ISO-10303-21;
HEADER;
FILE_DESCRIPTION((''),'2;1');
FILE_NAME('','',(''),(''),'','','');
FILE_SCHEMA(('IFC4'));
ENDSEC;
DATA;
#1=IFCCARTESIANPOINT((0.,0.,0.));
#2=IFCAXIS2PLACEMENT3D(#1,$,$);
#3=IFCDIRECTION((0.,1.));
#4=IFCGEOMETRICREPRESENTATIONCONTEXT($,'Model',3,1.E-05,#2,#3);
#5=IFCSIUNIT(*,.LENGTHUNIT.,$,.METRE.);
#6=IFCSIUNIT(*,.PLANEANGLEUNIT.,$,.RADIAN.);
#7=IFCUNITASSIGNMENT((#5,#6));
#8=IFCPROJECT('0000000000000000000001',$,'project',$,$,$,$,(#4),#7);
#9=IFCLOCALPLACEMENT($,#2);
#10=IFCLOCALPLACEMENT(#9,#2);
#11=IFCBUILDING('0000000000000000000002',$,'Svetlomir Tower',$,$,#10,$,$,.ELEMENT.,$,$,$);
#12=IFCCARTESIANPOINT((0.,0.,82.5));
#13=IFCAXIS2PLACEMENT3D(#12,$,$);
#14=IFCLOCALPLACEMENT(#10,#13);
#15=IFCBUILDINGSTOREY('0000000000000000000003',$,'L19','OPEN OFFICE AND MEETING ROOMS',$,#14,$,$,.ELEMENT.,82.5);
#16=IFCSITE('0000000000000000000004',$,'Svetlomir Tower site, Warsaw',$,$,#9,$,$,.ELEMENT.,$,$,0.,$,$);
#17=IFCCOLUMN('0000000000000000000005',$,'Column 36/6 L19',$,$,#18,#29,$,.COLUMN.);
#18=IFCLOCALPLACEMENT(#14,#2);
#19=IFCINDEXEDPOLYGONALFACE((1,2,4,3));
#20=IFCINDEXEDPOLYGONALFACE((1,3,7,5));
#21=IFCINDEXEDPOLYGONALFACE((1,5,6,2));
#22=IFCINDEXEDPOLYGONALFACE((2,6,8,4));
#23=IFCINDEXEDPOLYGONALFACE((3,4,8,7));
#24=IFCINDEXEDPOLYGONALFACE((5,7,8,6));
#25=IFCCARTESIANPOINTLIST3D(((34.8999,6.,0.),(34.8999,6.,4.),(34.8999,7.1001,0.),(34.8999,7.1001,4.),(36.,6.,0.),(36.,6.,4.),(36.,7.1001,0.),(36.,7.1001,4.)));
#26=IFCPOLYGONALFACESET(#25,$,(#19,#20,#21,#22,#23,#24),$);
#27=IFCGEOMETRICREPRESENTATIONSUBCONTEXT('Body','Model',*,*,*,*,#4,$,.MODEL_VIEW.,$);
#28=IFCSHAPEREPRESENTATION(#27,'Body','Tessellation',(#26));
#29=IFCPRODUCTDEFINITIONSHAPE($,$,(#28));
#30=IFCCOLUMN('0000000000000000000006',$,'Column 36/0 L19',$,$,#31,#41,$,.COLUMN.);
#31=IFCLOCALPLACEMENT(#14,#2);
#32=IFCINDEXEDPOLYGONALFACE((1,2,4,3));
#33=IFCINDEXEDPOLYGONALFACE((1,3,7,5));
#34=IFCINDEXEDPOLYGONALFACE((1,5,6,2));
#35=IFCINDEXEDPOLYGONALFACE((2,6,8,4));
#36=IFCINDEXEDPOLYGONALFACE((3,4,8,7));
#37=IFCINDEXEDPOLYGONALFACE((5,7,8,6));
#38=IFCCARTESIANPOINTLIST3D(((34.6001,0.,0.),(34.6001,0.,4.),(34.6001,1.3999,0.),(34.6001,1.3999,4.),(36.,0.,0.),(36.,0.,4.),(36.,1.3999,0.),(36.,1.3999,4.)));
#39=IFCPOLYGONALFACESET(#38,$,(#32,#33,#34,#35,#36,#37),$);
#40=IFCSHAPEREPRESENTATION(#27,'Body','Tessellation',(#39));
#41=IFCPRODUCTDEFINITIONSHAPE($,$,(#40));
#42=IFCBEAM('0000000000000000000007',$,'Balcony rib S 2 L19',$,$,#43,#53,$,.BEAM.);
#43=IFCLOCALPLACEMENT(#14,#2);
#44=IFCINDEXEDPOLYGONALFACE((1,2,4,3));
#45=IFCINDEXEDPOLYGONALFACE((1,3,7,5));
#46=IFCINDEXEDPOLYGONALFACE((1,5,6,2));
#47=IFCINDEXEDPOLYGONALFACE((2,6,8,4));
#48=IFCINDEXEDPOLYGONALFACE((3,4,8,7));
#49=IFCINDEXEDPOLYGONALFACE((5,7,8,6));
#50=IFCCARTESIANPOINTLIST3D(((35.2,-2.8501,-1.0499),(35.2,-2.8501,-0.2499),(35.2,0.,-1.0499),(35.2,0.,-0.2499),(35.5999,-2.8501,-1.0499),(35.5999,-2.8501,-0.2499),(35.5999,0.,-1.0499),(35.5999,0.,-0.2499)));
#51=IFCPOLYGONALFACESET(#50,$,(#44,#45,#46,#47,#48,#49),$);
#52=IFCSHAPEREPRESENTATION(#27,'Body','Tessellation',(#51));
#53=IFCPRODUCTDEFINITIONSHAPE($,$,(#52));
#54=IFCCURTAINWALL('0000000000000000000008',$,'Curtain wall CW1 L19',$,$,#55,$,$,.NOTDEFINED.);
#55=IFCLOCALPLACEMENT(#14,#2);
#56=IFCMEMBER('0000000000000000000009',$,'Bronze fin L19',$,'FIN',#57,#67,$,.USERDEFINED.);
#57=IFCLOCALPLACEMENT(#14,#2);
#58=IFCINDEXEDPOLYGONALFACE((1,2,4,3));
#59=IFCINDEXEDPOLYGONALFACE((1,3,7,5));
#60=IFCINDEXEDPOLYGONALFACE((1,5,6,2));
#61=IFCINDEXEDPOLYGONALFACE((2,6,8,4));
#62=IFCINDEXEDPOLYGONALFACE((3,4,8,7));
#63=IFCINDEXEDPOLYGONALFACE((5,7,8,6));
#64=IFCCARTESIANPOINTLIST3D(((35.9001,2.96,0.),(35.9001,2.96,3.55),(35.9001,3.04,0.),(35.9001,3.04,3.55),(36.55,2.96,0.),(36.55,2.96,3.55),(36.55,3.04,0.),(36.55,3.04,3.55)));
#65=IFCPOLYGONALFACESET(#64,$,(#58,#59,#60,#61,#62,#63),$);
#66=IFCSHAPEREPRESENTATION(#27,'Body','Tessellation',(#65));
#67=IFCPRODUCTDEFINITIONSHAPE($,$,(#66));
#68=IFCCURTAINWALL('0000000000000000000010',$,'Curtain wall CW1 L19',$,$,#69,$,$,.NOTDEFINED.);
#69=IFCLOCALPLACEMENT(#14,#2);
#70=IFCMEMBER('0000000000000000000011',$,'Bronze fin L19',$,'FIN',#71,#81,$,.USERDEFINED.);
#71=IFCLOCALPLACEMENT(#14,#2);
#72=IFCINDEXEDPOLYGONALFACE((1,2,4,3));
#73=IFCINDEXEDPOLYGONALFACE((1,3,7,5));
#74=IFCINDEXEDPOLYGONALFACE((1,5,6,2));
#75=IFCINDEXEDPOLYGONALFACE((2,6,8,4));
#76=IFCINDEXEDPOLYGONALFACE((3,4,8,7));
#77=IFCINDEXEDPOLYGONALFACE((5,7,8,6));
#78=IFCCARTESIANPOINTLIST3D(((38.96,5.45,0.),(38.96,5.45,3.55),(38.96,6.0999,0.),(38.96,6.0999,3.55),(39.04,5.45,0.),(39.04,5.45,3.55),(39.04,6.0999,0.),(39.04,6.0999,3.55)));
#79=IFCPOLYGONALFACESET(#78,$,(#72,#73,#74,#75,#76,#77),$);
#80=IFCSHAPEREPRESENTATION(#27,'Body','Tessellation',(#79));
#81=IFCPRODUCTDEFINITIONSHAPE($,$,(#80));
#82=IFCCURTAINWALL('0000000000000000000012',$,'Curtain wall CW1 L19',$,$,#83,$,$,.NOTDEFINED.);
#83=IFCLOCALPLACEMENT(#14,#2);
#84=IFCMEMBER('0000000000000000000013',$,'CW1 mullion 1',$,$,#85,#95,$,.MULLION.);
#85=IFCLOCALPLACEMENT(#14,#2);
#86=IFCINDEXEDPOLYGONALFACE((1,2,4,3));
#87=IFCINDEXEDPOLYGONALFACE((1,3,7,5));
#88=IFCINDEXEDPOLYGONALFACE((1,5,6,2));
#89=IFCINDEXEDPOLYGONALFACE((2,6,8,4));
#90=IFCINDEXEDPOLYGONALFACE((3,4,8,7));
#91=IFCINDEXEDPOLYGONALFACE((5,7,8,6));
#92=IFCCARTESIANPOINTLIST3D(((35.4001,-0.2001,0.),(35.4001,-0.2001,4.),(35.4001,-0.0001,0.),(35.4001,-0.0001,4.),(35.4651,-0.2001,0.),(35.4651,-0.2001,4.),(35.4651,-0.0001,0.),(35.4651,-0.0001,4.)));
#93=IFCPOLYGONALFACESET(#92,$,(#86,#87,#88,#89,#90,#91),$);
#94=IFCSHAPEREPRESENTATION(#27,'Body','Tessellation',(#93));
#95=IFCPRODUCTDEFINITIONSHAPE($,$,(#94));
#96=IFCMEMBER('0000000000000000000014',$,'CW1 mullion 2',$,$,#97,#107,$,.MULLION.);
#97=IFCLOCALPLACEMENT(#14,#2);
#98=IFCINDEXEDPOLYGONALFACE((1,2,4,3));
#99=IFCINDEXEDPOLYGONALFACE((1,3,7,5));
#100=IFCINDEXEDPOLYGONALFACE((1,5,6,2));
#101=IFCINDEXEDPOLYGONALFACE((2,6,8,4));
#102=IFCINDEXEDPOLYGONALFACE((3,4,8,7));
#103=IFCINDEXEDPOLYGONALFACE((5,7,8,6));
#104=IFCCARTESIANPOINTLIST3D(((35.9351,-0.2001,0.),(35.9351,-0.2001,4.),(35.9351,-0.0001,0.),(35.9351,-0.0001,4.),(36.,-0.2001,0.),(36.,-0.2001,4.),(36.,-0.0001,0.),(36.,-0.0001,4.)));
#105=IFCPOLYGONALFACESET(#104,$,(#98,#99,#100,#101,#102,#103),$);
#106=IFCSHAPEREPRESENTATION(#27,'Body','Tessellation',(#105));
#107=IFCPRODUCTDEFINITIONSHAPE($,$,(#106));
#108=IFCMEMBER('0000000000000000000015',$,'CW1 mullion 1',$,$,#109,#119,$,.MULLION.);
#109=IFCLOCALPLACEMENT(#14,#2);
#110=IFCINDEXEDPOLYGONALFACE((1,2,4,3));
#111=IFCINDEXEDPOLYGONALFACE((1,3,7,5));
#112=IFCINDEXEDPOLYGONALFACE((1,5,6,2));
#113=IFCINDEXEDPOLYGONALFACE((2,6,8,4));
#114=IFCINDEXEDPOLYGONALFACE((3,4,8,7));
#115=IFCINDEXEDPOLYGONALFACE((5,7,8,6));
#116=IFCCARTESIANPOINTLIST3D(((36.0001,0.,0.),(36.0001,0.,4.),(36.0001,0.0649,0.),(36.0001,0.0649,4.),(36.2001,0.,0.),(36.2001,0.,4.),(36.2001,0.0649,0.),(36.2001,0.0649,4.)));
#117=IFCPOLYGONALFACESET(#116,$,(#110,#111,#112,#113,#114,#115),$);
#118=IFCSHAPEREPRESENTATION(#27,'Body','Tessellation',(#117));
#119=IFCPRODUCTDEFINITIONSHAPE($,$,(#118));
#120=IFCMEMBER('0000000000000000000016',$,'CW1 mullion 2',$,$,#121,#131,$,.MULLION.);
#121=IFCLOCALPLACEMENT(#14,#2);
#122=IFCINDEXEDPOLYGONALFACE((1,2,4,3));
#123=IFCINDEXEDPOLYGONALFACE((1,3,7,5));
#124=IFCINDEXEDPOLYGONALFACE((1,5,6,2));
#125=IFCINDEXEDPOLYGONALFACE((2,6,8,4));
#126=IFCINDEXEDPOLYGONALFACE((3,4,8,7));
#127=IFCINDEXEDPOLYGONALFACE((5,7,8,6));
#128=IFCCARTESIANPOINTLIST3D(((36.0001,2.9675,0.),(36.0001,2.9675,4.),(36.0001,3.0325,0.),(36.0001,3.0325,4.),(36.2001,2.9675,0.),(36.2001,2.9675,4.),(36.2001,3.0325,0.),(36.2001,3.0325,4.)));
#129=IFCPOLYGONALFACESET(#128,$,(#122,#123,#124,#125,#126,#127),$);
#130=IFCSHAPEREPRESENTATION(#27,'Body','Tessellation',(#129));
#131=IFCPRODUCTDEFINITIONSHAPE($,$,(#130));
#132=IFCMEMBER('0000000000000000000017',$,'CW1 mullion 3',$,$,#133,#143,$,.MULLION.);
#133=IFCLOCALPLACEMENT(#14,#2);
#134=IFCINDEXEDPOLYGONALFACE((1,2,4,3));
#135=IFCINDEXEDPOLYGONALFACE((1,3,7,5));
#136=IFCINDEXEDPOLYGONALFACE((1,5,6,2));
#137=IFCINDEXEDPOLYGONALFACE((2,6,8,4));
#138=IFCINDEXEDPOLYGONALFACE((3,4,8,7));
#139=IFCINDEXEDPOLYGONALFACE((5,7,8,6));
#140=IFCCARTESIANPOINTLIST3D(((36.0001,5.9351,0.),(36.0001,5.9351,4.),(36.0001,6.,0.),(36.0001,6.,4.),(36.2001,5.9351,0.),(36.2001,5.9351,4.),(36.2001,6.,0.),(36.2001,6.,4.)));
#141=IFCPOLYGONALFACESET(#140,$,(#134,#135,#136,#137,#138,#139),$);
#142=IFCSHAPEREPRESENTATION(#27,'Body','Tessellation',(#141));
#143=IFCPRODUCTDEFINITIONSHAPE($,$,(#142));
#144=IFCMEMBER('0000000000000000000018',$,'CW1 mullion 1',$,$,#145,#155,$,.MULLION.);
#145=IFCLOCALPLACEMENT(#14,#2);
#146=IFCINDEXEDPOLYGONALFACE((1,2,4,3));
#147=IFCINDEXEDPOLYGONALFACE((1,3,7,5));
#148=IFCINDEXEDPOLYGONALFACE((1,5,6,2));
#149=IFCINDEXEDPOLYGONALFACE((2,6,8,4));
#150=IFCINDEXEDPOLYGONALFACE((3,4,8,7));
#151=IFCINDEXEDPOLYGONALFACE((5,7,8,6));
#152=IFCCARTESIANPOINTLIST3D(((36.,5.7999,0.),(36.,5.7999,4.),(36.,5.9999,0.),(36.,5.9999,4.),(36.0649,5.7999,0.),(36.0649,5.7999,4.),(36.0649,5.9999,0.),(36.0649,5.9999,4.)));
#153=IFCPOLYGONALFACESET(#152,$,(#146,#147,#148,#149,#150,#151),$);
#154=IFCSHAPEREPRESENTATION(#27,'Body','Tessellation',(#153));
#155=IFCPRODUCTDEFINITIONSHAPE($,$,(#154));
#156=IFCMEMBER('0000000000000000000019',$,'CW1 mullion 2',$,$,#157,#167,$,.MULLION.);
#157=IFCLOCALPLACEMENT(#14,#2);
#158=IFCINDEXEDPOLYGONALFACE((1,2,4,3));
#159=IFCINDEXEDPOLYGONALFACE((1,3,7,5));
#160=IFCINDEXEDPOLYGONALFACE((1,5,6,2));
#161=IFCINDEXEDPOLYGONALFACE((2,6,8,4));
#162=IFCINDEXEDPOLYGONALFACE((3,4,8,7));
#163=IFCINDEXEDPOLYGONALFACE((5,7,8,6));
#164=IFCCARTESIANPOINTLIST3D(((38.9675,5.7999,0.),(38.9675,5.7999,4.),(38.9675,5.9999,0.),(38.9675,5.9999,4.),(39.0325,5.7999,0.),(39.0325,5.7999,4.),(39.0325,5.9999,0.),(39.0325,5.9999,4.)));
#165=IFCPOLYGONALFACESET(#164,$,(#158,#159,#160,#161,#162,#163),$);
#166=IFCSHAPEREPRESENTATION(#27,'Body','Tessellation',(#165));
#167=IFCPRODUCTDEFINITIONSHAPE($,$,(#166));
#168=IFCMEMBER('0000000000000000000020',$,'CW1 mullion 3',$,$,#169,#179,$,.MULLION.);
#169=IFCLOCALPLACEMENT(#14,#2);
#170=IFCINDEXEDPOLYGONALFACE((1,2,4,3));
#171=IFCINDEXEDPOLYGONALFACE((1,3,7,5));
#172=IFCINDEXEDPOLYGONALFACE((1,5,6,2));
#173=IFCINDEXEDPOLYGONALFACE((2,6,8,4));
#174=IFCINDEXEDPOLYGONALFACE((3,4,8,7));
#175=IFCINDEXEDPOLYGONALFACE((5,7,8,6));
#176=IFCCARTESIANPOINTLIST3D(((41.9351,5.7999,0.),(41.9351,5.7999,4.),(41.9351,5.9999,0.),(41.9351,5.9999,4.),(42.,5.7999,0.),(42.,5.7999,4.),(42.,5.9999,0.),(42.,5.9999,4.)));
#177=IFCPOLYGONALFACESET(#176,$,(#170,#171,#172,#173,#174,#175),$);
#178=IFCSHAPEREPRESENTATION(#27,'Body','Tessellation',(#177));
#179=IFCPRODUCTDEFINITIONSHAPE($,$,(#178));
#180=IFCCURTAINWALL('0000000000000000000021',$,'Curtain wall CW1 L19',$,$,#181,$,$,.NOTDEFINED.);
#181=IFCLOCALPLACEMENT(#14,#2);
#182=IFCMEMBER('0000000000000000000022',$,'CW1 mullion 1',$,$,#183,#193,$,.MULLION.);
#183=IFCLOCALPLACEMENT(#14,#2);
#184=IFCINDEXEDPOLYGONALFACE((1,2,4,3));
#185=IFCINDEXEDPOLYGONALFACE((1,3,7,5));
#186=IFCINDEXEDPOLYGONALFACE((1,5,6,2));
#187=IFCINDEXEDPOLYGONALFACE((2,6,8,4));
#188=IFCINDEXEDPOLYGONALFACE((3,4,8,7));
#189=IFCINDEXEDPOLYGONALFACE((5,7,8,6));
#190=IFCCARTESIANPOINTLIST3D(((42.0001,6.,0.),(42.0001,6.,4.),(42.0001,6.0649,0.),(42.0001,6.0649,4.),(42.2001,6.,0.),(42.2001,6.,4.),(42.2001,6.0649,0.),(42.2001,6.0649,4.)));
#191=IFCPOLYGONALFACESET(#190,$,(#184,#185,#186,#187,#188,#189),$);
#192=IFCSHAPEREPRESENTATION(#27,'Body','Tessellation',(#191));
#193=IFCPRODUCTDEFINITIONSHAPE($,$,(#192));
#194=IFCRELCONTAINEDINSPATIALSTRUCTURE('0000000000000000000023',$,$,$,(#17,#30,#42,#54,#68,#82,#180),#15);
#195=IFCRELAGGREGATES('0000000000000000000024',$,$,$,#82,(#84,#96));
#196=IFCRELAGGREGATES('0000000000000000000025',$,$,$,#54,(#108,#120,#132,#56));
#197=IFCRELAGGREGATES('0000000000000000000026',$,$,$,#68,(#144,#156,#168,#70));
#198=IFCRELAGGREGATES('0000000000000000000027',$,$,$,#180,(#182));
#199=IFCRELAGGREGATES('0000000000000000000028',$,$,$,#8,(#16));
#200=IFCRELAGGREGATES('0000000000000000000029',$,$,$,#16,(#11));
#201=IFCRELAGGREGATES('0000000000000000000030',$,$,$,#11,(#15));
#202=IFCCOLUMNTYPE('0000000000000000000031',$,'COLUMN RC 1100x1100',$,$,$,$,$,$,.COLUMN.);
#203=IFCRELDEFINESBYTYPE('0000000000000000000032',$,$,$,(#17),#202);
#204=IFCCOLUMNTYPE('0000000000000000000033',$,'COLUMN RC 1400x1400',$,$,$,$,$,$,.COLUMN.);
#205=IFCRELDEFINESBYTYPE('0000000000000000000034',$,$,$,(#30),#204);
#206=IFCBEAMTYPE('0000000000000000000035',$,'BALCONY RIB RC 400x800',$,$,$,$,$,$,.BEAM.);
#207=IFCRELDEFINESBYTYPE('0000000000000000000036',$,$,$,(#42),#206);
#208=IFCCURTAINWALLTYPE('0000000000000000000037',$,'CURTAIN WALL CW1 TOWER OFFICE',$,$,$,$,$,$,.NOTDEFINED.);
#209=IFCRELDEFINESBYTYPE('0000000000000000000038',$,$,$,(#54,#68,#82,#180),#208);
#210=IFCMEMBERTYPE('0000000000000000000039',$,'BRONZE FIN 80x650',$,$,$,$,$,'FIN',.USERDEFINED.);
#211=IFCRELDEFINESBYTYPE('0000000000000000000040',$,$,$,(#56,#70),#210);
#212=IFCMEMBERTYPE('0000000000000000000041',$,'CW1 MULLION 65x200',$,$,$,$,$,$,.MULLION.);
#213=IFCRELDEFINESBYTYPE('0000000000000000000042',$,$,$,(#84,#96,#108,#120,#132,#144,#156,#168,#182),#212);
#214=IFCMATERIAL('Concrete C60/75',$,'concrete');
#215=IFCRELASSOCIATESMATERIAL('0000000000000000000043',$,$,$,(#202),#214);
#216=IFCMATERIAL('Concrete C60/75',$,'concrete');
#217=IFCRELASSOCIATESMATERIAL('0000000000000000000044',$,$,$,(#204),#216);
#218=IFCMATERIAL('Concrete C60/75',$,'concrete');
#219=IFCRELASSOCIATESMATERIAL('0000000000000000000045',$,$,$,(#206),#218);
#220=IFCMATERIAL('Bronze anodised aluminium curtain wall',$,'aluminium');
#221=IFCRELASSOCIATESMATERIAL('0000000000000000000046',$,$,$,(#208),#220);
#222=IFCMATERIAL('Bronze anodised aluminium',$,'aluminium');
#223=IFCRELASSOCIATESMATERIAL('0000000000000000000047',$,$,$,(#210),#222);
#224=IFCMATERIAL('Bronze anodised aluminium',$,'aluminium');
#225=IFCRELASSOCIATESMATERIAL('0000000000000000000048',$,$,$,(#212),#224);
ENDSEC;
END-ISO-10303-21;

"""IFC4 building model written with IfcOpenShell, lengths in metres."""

from ifc_helpers import new_model, si_unit, direction, frame, origin, origin_2d, place, context, subcontext, project, spatial, rectangle, extrude, material, material_profile, profile_set, type_object, element, aggregate, save


model = new_model("IFC4")

# Units and contexts
model_context = context("Model", 3, precision=1e-05, world=origin(), true_north=direction((0.0, 1.0)))
body_context = subcontext(model_context, "Body", "Model", "MODEL_VIEW")
ifc_project = project(units=[si_unit("LENGTHUNIT", "METRE"), si_unit("PLANEANGLEUNIT", "RADIAN")], contexts=[model_context])

# Site, building, storey
site_placement = place(None, origin())
site = spatial("IfcSite", under=ifc_project, at=site_placement, Name="Svetlomir Tower site, Warsaw", CompositionType="ELEMENT", RefElevation=0.0)
building_placement = place(site_placement, origin())
building = spatial("IfcBuilding", under=site, at=building_placement, Name="Svetlomir Tower", CompositionType="ELEMENT")
storey_placement = place(building_placement, frame((0.0, 0.0, 82.5)))
storey = spatial("IfcBuildingStorey", under=building, at=storey_placement, Name="L19", Description="OPEN OFFICE AND MEETING ROOMS", CompositionType="ELEMENT", Elevation=82.5)

# Columns
ifc_material_1 = material(Name="Concrete C60/75", Category="concrete")
ifc_material_profile_1 = material_profile(ifc_material_1, rectangle(XDim=1.1001, YDim=1.1001, at=origin_2d()), Name="RC 1100x1100")
ifc_profile_set_1 = profile_set([ifc_material_profile_1], Name="Concrete C60/75")
column_type_1 = type_object("IfcColumnType", Name="COLUMN RC 1100x1100", PredefinedType="COLUMN", material=ifc_profile_set_1)
column_1_placement = place(storey_placement, frame((35.45, 6.55, 0.0), z_axis=(0.0, 0.0, 1.0), x_axis=(1.0, 0.0, 0.0)))
element("IfcColumn", 1, at=column_1_placement, inside=storey, type_object=column_type_1, Name="Column 36/6 L19", PredefinedType="COLUMN", context=body_context, shape_type="SweptSolid", body=[
    extrude(rectangle(XDim=1.1001, YDim=1.1001, at=origin_2d()), origin(), (0.0, 0.0, 1.0), 4.0),
])
ifc_material_2 = material(Name="Concrete C60/75", Category="concrete")
ifc_material_profile_2 = material_profile(ifc_material_2, rectangle(XDim=1.3999, YDim=1.3999, at=origin_2d()), Name="RC 1400x1400")
ifc_profile_set_2 = profile_set([ifc_material_profile_2], Name="Concrete C60/75")
column_type_2 = type_object("IfcColumnType", Name="COLUMN RC 1400x1400", PredefinedType="COLUMN", material=ifc_profile_set_2)
column_2_placement = place(storey_placement, frame((35.3, 0.7, 0.0), z_axis=(0.0, 0.0, 1.0), x_axis=(1.0, 0.0, 0.0)))
element("IfcColumn", 2, at=column_2_placement, inside=storey, type_object=column_type_2, Name="Column 36/0 L19", PredefinedType="COLUMN", context=body_context, shape_type="SweptSolid", body=[
    extrude(rectangle(XDim=1.3999, YDim=1.3999, at=origin_2d()), origin(), (0.0, 0.0, 1.0), 4.0),
])

# Beam
ifc_material_3 = material(Name="Concrete C60/75", Category="concrete")
ifc_material_profile_3 = material_profile(ifc_material_3, rectangle(XDim=0.3999, YDim=0.8, at=origin_2d()), Name="RC 400x800")
ifc_profile_set_3 = profile_set([ifc_material_profile_3], Name="Concrete C60/75")
beam_type_1 = type_object("IfcBeamType", Name="BALCONY RIB RC 400x800", PredefinedType="BEAM", material=ifc_profile_set_3)
beam_placement = place(storey_placement, frame((35.3999, 0.0, -0.6499), z_axis=(0.0, -1.0, 0.0), x_axis=(1.0, 0.0, 0.0)))
element("IfcBeam", 3, at=beam_placement, inside=storey, type_object=beam_type_1, Name="Balcony rib S 2 L19", PredefinedType="BEAM", context=body_context, shape_type="SweptSolid", body=[
    extrude(rectangle(XDim=0.3999, YDim=0.8, at=origin_2d()), origin(), (0.0, 0.0, 1.0), 2.8501),
])

# Curtain walls, members
ifc_material_4 = material(Name="Bronze anodised aluminium curtain wall", Category="aluminium")
curtain_wall_type = type_object("IfcCurtainWallType", Name="CURTAIN WALL CW1 TOWER OFFICE", PredefinedType="NOTDEFINED", material=ifc_material_4)
curtain_wall_1_placement = place(storey_placement, origin())
curtain_wall_1 = element("IfcCurtainWall", 4, at=curtain_wall_1_placement, inside=storey, type_object=curtain_wall_type, Name="Curtain wall CW1 L19", PredefinedType="NOTDEFINED")
ifc_material_5 = material(Name="Bronze anodised aluminium", Category="aluminium")
ifc_material_profile_4 = material_profile(ifc_material_5, rectangle(XDim=0.0801, YDim=0.6499, at=origin_2d()), Name="FIN 80x650")
ifc_profile_set_4 = profile_set([ifc_material_profile_4], Name="Bronze anodised aluminium 6063-T6")
member_type_1 = type_object("IfcMemberType", Name="BRONZE FIN 80x650", ElementType="FIN", PredefinedType="USERDEFINED", material=ifc_profile_set_4)
member_1_placement = place(storey_placement, frame((36.2251, 3.0, 0.0), z_axis=(0.0, 0.0, 1.0), x_axis=(0.0, 1.0, 0.0)))
member_1 = element("IfcMember", 5, at=member_1_placement, type_object=member_type_1, Name="Bronze fin L19", ObjectType="FIN", PredefinedType="USERDEFINED", context=body_context, shape_type="SweptSolid", body=[
    extrude(rectangle(XDim=0.0801, YDim=0.6499, at=origin_2d()), origin(), (0.0, 0.0, 1.0), 3.55),
])
curtain_wall_2_placement = place(storey_placement, origin())
curtain_wall_2 = element("IfcCurtainWall", 6, at=curtain_wall_2_placement, inside=storey, type_object=curtain_wall_type, Name="Curtain wall CW1 L19", PredefinedType="NOTDEFINED")
member_2_placement = place(storey_placement, frame((39.0, 5.7749, 0.0), z_axis=(0.0, 0.0, 1.0), x_axis=(1.0, 0.0, 0.0)))
member_2 = element("IfcMember", 7, at=member_2_placement, type_object=member_type_1, Name="Bronze fin L19", ObjectType="FIN", PredefinedType="USERDEFINED", context=body_context, shape_type="SweptSolid", body=[
    extrude(rectangle(XDim=0.0801, YDim=0.6499, at=origin_2d()), origin(), (0.0, 0.0, 1.0), 3.55),
])

# Curtain wall, members
curtain_wall_3_placement = place(storey_placement, origin())
curtain_wall_3 = element("IfcCurtainWall", 8, at=curtain_wall_3_placement, inside=storey, type_object=curtain_wall_type, Name="Curtain wall CW1 L19", PredefinedType="NOTDEFINED")
ifc_material_6 = material(Name="Bronze anodised aluminium", Category="aluminium")
ifc_material_profile_5 = material_profile(ifc_material_6, rectangle(XDim=0.0649, YDim=0.2, at=origin_2d()), Name="AL 65x200")
ifc_profile_set_5 = profile_set([ifc_material_profile_5], Name="Bronze anodised aluminium 6063-T6")
member_type_2 = type_object("IfcMemberType", Name="CW1 MULLION 65x200", PredefinedType="MULLION", material=ifc_profile_set_5)
member_3_placement = place(storey_placement, frame((35.4326, -0.1001, 0.0), z_axis=(0.0, 0.0, 1.0), x_axis=(1.0, 0.0, 0.0)))
member_3 = element("IfcMember", 9, at=member_3_placement, type_object=member_type_2, Name="CW1 mullion 1", PredefinedType="MULLION", context=body_context, shape_type="SweptSolid", body=[
    extrude(rectangle(XDim=0.0649, YDim=0.2, at=origin_2d()), origin(), (0.0, 0.0, 1.0), 4.0),
])
member_4_placement = place(storey_placement, frame((35.9675, -0.1001, 0.0), z_axis=(0.0, 0.0, 1.0), x_axis=(1.0, 0.0, 0.0)))
member_4 = element("IfcMember", 10, at=member_4_placement, type_object=member_type_2, Name="CW1 mullion 2", PredefinedType="MULLION", context=body_context, shape_type="SweptSolid", body=[
    extrude(rectangle(XDim=0.0649, YDim=0.2, at=origin_2d()), origin(), (0.0, 0.0, 1.0), 4.0),
])

# Members
member_5_placement = place(storey_placement, frame((36.1001, 0.0325, 0.0), z_axis=(0.0, 0.0, 1.0), x_axis=(0.0, 1.0, 0.0)))
member_5 = element("IfcMember", 11, at=member_5_placement, type_object=member_type_2, Name="CW1 mullion 1", PredefinedType="MULLION", context=body_context, shape_type="SweptSolid", body=[
    extrude(rectangle(XDim=0.0649, YDim=0.2, at=origin_2d()), origin(), (0.0, 0.0, 1.0), 4.0),
])
member_6_placement = place(storey_placement, frame((36.1001, 3.0, 0.0), z_axis=(0.0, 0.0, 1.0), x_axis=(0.0, 1.0, 0.0)))
member_6 = element("IfcMember", 12, at=member_6_placement, type_object=member_type_2, Name="CW1 mullion 2", PredefinedType="MULLION", context=body_context, shape_type="SweptSolid", body=[
    extrude(rectangle(XDim=0.0649, YDim=0.2, at=origin_2d()), origin(), (0.0, 0.0, 1.0), 4.0),
])
member_7_placement = place(storey_placement, frame((36.1001, 5.9675, 0.0), z_axis=(0.0, 0.0, 1.0), x_axis=(0.0, 1.0, 0.0)))
member_7 = element("IfcMember", 13, at=member_7_placement, type_object=member_type_2, Name="CW1 mullion 3", PredefinedType="MULLION", context=body_context, shape_type="SweptSolid", body=[
    extrude(rectangle(XDim=0.0649, YDim=0.2, at=origin_2d()), origin(), (0.0, 0.0, 1.0), 4.0),
])
member_8_placement = place(storey_placement, frame((36.0325, 5.8999, 0.0), z_axis=(0.0, 0.0, 1.0), x_axis=(1.0, 0.0, 0.0)))
member_8 = element("IfcMember", 14, at=member_8_placement, type_object=member_type_2, Name="CW1 mullion 1", PredefinedType="MULLION", context=body_context, shape_type="SweptSolid", body=[
    extrude(rectangle(XDim=0.0649, YDim=0.2, at=origin_2d()), origin(), (0.0, 0.0, 1.0), 4.0),
])
member_9_placement = place(storey_placement, frame((39.0, 5.8999, 0.0), z_axis=(0.0, 0.0, 1.0), x_axis=(1.0, 0.0, 0.0)))
member_9 = element("IfcMember", 15, at=member_9_placement, type_object=member_type_2, Name="CW1 mullion 2", PredefinedType="MULLION", context=body_context, shape_type="SweptSolid", body=[
    extrude(rectangle(XDim=0.0649, YDim=0.2, at=origin_2d()), origin(), (0.0, 0.0, 1.0), 4.0),
])
member_10_placement = place(storey_placement, frame((41.9675, 5.8999, 0.0), z_axis=(0.0, 0.0, 1.0), x_axis=(1.0, 0.0, 0.0)))
member_10 = element("IfcMember", 16, at=member_10_placement, type_object=member_type_2, Name="CW1 mullion 3", PredefinedType="MULLION", context=body_context, shape_type="SweptSolid", body=[
    extrude(rectangle(XDim=0.0649, YDim=0.2, at=origin_2d()), origin(), (0.0, 0.0, 1.0), 4.0),
])

# Curtain wall, member
curtain_wall_4_placement = place(storey_placement, origin())
curtain_wall_4 = element("IfcCurtainWall", 17, at=curtain_wall_4_placement, inside=storey, type_object=curtain_wall_type, Name="Curtain wall CW1 L19", PredefinedType="NOTDEFINED")
member_11_placement = place(storey_placement, frame((42.1001, 6.0325, 0.0), z_axis=(0.0, 0.0, 1.0), x_axis=(0.0, 1.0, 0.0)))
member_11 = element("IfcMember", 18, at=member_11_placement, type_object=member_type_2, Name="CW1 mullion 1", PredefinedType="MULLION", context=body_context, shape_type="SweptSolid", body=[
    extrude(rectangle(XDim=0.0649, YDim=0.2, at=origin_2d()), origin(), (0.0, 0.0, 1.0), 4.0),
])

aggregate(curtain_wall_3, [member_3, member_4])
aggregate(curtain_wall_1, [member_5, member_6, member_7, member_1])
aggregate(curtain_wall_2, [member_8, member_9, member_10, member_2])
aggregate(curtain_wall_4, [member_11])

save(model, "model.ifc")
